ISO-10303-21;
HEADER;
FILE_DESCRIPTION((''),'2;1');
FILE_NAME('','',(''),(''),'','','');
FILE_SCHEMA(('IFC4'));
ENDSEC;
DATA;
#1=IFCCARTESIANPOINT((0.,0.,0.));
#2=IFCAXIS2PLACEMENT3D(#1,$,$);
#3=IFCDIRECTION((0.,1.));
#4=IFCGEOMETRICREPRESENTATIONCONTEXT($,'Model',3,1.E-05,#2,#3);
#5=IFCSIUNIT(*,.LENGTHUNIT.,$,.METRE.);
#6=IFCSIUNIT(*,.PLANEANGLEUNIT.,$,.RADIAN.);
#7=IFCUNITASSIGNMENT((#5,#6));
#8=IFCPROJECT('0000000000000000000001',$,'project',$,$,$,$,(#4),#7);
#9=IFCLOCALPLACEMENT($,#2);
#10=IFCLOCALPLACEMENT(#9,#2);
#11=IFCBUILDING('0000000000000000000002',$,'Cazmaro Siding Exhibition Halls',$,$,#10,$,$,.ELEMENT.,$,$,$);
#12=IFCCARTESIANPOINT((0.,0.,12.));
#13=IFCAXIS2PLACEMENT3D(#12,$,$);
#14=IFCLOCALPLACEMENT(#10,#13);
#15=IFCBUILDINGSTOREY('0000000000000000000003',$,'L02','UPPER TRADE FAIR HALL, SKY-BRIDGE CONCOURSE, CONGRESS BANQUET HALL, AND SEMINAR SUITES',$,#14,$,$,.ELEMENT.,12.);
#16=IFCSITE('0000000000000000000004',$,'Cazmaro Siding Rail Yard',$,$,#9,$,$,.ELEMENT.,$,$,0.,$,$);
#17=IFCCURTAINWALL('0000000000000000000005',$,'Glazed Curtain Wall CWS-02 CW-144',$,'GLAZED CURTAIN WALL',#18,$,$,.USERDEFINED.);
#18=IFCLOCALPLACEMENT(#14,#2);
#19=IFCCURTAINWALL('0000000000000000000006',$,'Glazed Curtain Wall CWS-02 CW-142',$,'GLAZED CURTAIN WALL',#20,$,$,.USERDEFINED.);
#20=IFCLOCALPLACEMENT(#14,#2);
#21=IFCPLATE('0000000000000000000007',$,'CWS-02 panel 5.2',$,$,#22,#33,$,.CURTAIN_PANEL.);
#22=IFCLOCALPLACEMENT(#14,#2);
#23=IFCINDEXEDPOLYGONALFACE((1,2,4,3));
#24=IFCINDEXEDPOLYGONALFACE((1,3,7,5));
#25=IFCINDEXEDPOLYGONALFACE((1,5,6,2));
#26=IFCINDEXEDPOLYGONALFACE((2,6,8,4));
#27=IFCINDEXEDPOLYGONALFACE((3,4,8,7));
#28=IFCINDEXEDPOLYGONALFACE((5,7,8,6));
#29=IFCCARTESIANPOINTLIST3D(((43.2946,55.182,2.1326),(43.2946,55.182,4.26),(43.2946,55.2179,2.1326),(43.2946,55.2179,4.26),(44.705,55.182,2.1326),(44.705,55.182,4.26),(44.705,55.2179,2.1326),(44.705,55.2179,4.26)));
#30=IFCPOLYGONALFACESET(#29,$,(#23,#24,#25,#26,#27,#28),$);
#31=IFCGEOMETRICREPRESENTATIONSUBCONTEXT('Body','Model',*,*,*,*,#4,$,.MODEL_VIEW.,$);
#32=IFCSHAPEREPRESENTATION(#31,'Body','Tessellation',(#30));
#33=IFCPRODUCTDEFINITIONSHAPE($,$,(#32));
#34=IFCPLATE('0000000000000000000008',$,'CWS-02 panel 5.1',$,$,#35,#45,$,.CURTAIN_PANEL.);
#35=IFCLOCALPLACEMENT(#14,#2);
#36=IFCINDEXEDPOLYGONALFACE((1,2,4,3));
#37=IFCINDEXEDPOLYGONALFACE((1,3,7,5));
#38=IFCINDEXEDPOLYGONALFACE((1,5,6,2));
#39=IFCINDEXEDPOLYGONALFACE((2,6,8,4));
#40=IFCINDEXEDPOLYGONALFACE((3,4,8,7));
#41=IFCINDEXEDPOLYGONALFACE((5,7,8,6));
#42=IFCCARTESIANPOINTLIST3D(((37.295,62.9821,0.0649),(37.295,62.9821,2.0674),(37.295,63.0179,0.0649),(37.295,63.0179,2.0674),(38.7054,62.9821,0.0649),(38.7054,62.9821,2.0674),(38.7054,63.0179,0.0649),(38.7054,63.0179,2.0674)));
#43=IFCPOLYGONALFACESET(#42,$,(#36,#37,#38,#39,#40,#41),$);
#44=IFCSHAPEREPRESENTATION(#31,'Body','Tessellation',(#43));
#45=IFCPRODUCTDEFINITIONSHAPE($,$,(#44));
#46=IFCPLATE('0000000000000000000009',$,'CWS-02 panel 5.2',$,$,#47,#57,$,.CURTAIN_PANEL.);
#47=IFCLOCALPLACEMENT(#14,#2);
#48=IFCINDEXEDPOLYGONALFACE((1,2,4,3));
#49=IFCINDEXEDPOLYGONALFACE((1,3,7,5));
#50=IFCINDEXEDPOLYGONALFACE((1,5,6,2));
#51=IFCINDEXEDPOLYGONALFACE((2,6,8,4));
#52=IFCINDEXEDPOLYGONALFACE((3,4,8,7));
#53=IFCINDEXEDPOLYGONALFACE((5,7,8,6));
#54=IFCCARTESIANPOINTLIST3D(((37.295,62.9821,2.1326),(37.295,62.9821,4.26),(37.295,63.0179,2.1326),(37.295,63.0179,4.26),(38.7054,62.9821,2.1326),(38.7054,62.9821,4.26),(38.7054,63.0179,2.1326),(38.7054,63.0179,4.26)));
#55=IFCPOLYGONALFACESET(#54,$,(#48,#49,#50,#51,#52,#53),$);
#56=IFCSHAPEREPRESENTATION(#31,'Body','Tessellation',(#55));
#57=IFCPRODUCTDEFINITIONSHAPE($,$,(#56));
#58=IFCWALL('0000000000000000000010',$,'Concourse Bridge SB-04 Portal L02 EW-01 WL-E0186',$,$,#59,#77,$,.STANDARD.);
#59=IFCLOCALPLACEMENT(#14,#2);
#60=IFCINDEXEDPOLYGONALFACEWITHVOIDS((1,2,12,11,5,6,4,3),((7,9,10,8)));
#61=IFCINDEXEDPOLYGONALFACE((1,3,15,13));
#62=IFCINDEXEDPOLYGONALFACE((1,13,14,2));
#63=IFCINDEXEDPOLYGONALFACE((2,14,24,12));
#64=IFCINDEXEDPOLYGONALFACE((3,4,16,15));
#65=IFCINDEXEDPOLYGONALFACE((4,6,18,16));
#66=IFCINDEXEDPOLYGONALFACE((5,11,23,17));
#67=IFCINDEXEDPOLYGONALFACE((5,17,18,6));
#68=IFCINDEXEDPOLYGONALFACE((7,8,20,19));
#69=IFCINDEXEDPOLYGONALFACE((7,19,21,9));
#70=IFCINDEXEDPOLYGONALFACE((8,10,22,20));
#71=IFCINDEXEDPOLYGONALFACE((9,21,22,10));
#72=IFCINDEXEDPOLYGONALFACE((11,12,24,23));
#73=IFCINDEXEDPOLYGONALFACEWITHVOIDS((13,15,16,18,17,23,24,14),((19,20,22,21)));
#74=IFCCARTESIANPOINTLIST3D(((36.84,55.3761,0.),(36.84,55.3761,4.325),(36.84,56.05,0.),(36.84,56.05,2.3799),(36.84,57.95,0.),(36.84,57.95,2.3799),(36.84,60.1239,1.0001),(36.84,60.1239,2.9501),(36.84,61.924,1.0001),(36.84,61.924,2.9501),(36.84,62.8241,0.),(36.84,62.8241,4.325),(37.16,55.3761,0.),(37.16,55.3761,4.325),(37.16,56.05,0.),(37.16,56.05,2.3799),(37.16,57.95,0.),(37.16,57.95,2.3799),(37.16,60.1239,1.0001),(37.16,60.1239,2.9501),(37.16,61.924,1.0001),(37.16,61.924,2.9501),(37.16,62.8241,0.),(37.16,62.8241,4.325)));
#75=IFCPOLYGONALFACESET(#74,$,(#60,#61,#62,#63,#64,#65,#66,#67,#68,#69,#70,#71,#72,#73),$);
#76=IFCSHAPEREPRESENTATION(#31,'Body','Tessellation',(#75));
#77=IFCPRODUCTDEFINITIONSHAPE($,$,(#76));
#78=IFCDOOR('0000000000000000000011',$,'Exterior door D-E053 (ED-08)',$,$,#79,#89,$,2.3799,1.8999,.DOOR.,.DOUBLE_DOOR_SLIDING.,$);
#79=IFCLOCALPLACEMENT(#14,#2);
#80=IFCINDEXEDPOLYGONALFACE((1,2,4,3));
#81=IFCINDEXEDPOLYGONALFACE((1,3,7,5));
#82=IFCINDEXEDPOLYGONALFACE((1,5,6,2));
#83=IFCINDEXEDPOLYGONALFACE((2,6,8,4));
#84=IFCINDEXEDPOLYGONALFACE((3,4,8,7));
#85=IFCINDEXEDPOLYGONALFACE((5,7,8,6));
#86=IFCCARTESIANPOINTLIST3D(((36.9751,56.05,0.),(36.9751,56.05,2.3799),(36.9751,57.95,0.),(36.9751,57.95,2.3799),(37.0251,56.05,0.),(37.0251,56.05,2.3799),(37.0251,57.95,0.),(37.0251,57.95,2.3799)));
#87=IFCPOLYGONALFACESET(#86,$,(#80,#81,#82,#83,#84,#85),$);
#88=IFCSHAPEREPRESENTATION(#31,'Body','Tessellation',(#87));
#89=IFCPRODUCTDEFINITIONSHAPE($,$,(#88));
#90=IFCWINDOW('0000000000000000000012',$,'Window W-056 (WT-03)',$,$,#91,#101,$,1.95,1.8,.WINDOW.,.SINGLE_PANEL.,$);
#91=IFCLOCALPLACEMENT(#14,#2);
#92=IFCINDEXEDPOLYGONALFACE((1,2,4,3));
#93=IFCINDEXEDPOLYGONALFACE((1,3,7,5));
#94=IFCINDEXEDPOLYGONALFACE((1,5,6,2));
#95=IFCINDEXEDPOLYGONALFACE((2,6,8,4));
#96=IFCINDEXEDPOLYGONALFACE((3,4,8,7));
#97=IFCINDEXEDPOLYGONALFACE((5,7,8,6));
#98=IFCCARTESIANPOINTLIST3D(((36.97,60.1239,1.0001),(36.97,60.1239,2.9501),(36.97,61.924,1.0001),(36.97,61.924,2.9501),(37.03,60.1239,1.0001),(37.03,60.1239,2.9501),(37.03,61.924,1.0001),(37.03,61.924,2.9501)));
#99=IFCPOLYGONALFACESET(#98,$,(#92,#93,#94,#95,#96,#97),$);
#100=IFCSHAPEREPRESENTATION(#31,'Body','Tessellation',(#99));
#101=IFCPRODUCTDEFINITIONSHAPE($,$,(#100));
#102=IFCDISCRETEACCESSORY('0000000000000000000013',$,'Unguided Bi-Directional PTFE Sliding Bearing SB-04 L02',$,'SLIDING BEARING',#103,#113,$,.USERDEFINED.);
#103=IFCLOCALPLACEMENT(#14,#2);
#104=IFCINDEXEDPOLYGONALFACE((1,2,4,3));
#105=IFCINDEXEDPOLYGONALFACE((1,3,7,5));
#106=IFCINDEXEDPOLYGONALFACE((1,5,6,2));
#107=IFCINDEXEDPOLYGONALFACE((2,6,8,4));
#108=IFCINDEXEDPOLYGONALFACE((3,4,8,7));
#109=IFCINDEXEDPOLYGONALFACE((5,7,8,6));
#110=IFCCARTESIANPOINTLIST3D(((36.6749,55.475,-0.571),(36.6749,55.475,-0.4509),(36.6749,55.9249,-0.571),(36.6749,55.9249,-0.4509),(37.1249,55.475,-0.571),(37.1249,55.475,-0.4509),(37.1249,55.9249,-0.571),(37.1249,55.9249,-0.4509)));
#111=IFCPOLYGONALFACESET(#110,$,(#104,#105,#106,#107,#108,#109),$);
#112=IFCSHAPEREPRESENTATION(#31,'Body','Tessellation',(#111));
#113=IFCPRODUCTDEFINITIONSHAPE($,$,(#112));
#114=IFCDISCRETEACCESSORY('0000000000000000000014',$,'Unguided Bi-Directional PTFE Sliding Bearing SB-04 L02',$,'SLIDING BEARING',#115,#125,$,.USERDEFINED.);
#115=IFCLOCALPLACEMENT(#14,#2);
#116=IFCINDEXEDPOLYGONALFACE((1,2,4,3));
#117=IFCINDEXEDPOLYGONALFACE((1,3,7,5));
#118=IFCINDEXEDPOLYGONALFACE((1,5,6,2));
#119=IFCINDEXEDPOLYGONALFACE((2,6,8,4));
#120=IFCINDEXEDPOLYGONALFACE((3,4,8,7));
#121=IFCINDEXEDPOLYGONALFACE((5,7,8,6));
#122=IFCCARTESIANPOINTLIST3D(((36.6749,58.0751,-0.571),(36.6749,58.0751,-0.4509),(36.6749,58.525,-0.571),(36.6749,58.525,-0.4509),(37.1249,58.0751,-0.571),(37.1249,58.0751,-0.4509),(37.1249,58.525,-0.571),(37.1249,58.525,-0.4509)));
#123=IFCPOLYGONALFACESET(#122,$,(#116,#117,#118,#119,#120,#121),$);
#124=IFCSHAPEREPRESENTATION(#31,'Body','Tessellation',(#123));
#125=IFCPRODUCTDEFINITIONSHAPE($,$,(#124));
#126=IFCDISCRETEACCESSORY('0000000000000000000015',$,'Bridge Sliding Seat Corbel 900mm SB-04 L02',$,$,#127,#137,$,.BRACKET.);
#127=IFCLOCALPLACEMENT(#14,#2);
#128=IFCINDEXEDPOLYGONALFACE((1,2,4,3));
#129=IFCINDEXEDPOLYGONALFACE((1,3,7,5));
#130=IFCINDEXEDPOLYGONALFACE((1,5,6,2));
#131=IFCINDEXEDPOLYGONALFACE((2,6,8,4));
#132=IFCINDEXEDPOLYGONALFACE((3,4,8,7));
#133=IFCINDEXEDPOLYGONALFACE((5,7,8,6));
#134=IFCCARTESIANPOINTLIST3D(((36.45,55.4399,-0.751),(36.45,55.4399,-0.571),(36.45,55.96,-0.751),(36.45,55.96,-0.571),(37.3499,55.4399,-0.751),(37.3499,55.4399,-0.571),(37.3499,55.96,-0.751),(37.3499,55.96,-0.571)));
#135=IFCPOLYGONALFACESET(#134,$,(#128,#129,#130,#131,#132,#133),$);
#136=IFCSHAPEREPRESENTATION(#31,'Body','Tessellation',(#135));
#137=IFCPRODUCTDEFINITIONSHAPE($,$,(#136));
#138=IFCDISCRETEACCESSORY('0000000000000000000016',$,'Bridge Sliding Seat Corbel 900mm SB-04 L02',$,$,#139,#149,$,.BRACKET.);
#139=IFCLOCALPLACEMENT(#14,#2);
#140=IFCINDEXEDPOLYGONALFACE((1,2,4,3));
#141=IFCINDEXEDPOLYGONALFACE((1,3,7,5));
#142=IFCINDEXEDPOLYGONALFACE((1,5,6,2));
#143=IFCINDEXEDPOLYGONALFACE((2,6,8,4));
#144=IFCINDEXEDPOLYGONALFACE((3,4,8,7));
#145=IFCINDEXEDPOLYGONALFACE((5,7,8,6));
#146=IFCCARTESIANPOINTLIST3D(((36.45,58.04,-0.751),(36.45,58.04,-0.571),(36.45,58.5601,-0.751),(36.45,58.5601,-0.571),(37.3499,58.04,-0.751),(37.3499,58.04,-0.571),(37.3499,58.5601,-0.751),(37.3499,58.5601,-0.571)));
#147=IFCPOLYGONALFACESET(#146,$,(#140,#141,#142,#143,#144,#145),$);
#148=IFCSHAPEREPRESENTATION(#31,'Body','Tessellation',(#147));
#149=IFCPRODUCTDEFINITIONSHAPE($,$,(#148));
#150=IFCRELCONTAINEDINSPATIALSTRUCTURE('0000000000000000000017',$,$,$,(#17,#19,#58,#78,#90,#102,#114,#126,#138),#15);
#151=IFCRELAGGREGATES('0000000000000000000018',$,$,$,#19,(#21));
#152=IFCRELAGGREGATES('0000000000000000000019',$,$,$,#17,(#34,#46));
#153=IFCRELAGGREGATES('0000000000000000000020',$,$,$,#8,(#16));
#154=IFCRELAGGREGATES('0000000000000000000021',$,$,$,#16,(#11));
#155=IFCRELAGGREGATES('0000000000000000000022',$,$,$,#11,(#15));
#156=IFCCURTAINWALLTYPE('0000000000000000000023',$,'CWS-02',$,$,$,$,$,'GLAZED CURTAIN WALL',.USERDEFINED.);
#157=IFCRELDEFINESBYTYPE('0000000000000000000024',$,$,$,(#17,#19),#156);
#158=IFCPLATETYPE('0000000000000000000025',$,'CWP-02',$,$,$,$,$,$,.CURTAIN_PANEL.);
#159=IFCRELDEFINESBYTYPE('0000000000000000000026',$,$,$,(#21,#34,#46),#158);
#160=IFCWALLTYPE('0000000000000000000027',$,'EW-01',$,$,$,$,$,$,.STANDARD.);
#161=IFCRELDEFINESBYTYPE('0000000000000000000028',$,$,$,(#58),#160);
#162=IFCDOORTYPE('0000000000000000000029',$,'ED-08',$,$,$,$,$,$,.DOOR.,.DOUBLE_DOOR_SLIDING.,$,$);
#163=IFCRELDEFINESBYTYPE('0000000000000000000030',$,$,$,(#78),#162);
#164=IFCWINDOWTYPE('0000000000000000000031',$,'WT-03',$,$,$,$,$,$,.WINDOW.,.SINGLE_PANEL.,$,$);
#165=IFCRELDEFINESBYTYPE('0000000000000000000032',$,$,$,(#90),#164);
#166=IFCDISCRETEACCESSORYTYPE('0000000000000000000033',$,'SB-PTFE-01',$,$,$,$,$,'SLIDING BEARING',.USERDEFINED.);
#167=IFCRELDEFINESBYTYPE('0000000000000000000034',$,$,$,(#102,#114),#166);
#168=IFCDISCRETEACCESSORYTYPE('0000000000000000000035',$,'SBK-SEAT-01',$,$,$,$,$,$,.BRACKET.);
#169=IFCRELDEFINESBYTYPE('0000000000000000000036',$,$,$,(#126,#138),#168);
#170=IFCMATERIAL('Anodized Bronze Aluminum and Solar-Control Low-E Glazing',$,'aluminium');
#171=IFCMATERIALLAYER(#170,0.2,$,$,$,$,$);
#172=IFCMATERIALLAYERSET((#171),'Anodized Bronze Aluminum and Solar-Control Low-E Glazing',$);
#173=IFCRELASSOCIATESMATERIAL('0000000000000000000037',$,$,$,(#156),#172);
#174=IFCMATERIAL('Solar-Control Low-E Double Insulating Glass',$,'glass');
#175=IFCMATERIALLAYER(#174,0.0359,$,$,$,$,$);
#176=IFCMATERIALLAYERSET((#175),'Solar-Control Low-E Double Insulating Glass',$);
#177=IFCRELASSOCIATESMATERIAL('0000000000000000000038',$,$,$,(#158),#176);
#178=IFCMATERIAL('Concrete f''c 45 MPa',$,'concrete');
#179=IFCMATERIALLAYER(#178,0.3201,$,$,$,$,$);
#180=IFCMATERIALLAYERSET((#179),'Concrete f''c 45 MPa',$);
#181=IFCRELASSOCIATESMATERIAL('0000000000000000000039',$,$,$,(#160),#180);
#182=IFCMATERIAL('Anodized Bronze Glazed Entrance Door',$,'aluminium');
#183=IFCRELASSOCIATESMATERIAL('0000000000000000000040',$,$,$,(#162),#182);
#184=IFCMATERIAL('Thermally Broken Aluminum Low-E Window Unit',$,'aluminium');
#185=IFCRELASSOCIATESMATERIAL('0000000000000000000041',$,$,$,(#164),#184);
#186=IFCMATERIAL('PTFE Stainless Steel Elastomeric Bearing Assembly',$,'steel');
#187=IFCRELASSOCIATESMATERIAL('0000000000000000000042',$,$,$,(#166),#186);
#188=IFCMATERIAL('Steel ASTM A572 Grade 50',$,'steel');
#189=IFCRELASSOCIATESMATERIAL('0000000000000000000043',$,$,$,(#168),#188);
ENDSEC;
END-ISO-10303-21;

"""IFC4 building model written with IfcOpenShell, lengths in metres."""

from ifc_helpers import new_model, si_unit, direction, frame, frame_2d, origin, origin_2d, place, context, subcontext, project, spatial, rectangle, extrude, material, layer, layer_set, type_object, element, fill, aggregate, save


model = new_model("IFC4")

# Units and contexts
model_context = context("Model", 3, precision=1e-05, world=origin(), true_north=direction((0.0, 1.0)))
body_context = subcontext(model_context, "Body", "Model", "MODEL_VIEW")
ifc_project = project(units=[si_unit("LENGTHUNIT", "METRE"), si_unit("PLANEANGLEUNIT", "RADIAN")], contexts=[model_context])

# Site, building, storey
site_placement = place(None, origin())
site = spatial("IfcSite", under=ifc_project, at=site_placement, Name="Cazmaro Siding Rail Yard", CompositionType="ELEMENT", RefElevation=0.0)
building_placement = place(site_placement, origin())
building = spatial("IfcBuilding", under=site, at=building_placement, Name="Cazmaro Siding Exhibition Halls", CompositionType="ELEMENT")
storey_placement = place(building_placement, frame((0.0, 0.0, 12.0)))
storey = spatial("IfcBuildingStorey", under=building, at=storey_placement, Name="L02", Description="UPPER TRADE FAIR HALL, SKY-BRIDGE CONCOURSE, CONGRESS BANQUET HALL, AND SEMINAR SUITES", CompositionType="ELEMENT", Elevation=12.0)

# Curtain walls
ifc_material_1 = material(Name="Anodized Bronze Aluminum and Solar-Control Low-E Glazing", Category="aluminium")
ifc_layer_1 = layer(ifc_material_1, 0.2)
ifc_layer_set_1 = layer_set([ifc_layer_1], Name="Anodized Bronze Aluminum and Solar-Control Low-E Glazing")
curtain_wall_type = type_object("IfcCurtainWallType", Name="CWS-02", ElementType="GLAZED CURTAIN WALL", PredefinedType="USERDEFINED", material=ifc_layer_set_1)
curtain_wall_1_placement = place(storey_placement, origin())
curtain_wall_1 = element("IfcCurtainWall", 1, at=curtain_wall_1_placement, inside=storey, type_object=curtain_wall_type, Name="Glazed Curtain Wall CWS-02 CW-144", ObjectType="GLAZED CURTAIN WALL", PredefinedType="USERDEFINED")
curtain_wall_2_placement = place(storey_placement, origin())
curtain_wall_2 = element("IfcCurtainWall", 2, at=curtain_wall_2_placement, inside=storey, type_object=curtain_wall_type, Name="Glazed Curtain Wall CWS-02 CW-142", ObjectType="GLAZED CURTAIN WALL", PredefinedType="USERDEFINED")

# Plates
ifc_material_2 = material(Name="Solar-Control Low-E Double Insulating Glass", Category="glass")
ifc_layer_2 = layer(ifc_material_2, 0.0359)
ifc_layer_set_2 = layer_set([ifc_layer_2], Name="Solar-Control Low-E Double Insulating Glass")
plate_type = type_object("IfcPlateType", Name="CWP-02", PredefinedType="CURTAIN_PANEL", material=ifc_layer_set_2)
plate_1_placement = place(storey_placement, frame((43.9998, 55.2, 2.1326), z_axis=(0.0, 0.0, 1.0), x_axis=(1.0, 0.0, 0.0)))
plate_1 = element("IfcPlate", 3, at=plate_1_placement, type_object=plate_type, Name="CWS-02 panel 5.2", PredefinedType="CURTAIN_PANEL", context=body_context, shape_type="SweptSolid", body=[
    extrude(rectangle(XDim=1.4104, YDim=0.0359, at=origin_2d()), origin(), (0.0, 0.0, 1.0), 2.1274),
])
aggregate(curtain_wall_2, [plate_1])
plate_2_placement = place(storey_placement, frame((38.0002, 63.0, 0.0649), z_axis=(0.0, 0.0, 1.0), x_axis=(-1.0, 0.0, 0.0)))
plate_2 = element("IfcPlate", 4, at=plate_2_placement, type_object=plate_type, Name="CWS-02 panel 5.1", PredefinedType="CURTAIN_PANEL", context=body_context, shape_type="SweptSolid", body=[
    extrude(rectangle(XDim=1.4104, YDim=0.0359, at=origin_2d()), origin(), (0.0, 0.0, 1.0), 2.0024),
])
plate_3_placement = place(storey_placement, frame((38.0002, 63.0, 2.1326), z_axis=(0.0, 0.0, 1.0), x_axis=(-1.0, 0.0, 0.0)))
plate_3 = element("IfcPlate", 5, at=plate_3_placement, type_object=plate_type, Name="CWS-02 panel 5.2", PredefinedType="CURTAIN_PANEL", context=body_context, shape_type="SweptSolid", body=[
    extrude(rectangle(XDim=1.4104, YDim=0.0359, at=origin_2d()), origin(), (0.0, 0.0, 1.0), 2.1274),
])
aggregate(curtain_wall_1, [plate_2, plate_3])

# Wall, openings, door, window
ifc_material_3 = material(Name="Concrete f'c 45 MPa", Category="concrete")
ifc_layer_3 = layer(ifc_material_3, 0.3201)
ifc_layer_set_3 = layer_set([ifc_layer_3], Name="Concrete f'c 45 MPa")
wall_type = type_object("IfcWallType", Name="EW-01", PredefinedType="STANDARD", material=ifc_layer_set_3)
wall_placement = place(storey_placement, frame((37.0, 55.376, 0.0), z_axis=(0.0, 0.0, 1.0), x_axis=(0.0, 1.0, 0.0)))
wall = element("IfcWall", 6, at=wall_placement, inside=storey, type_object=wall_type, Name="Concourse Bridge SB-04 Portal L02 EW-01 WL-E0186", PredefinedType="STANDARD", context=body_context, shape_type="SweptSolid", body=[
    extrude(rectangle(XDim=7.448, YDim=0.3201, at=frame_2d((3.7241, 0.0))), origin(), (0.0, 0.0, 1.0), 4.325),
])
opening_1_placement = place(wall_placement, frame((0.6741, 0.0, 0.0)))
opening_1 = element("IfcOpeningElement", 7, at=opening_1_placement, cuts=wall, PredefinedType="OPENING", context=body_context, shape_type="SweptSolid", body=[
    extrude(rectangle(XDim=1.8999, YDim=2.3799, at=frame_2d((0.95, 1.1899))), frame((0.0, 0.1699, 0.0), z_axis=(0.0, -1.0, 0.0), x_axis=(1.0, 0.0, 0.0)), (0.0, 0.0, 1.0), 0.3401),
])
opening_2_placement = place(wall_placement, frame((4.748, 0.0, 1.0)))
opening_2 = element("IfcOpeningElement", 8, at=opening_2_placement, cuts=wall, PredefinedType="OPENING", context=body_context, shape_type="SweptSolid", body=[
    extrude(rectangle(XDim=1.8, YDim=1.95, at=frame_2d((0.8999, 0.9751))), frame((0.0, 0.1699, 0.0), z_axis=(0.0, -1.0, 0.0), x_axis=(1.0, 0.0, 0.0)), (0.0, 0.0, 1.0), 0.3401),
])
ifc_material_4 = material(Name="Anodized Bronze Glazed Entrance Door", Category="aluminium")
door_type = type_object("IfcDoorType", Name="ED-08", OperationType="DOUBLE_DOOR_SLIDING", PredefinedType="DOOR", material=ifc_material_4)
door_placement = place(opening_1_placement, origin())
door = element("IfcDoor", 9, at=door_placement, inside=storey, type_object=door_type, Name="Exterior door D-E053 (ED-08)", OperationType="DOUBLE_DOOR_SLIDING", OverallHeight=2.3799, OverallWidth=1.8999, PredefinedType="DOOR", context=body_context, shape_type="SweptSolid", body=[
    extrude(rectangle(XDim=1.8999, YDim=2.3799, at=frame_2d((0.95, 1.1899))), frame((0.0, 0.0249, 0.0), z_axis=(0.0, -1.0, 0.0), x_axis=(1.0, 0.0, 0.0)), (0.0, 0.0, 1.0), 0.05),
])
fill(opening_1, door)
ifc_material_5 = material(Name="Thermally Broken Aluminum Low-E Window Unit", Category="aluminium")
window_type = type_object("IfcWindowType", Name="WT-03", PartitioningType="SINGLE_PANEL", PredefinedType="WINDOW", material=ifc_material_5)
window_placement = place(opening_2_placement, origin())
window = element("IfcWindow", 10, at=window_placement, inside=storey, type_object=window_type, Name="Window W-056 (WT-03)", OverallHeight=1.95, OverallWidth=1.8, PartitioningType="SINGLE_PANEL", PredefinedType="WINDOW", context=body_context, shape_type="SweptSolid", body=[
    extrude(rectangle(XDim=1.8, YDim=1.95, at=frame_2d((0.8999, 0.9751))), frame((0.0, 0.03, 0.0), z_axis=(0.0, -1.0, 0.0), x_axis=(1.0, 0.0, 0.0)), (0.0, 0.0, 1.0), 0.0601),
])
fill(opening_2, window)

# Discrete accessories
ifc_material_6 = material(Name="PTFE Stainless Steel Elastomeric Bearing Assembly", Category="steel")
discrete_accessory_type_1 = type_object("IfcDiscreteAccessoryType", Name="SB-PTFE-01", ElementType="SLIDING BEARING", PredefinedType="USERDEFINED", material=ifc_material_6)
for number, where, z_axis, x_axis, name in (
    (11, (36.8999, 55.7, -0.571), (0.0, 0.0, 1.0), (1.0, 0.0, 0.0), "Unguided Bi-Directional PTFE Sliding Bearing SB-04 L02"),
    (12, (36.8999, 58.3, -0.571), (0.0, 0.0, 1.0), (1.0, 0.0, 0.0), "Unguided Bi-Directional PTFE Sliding Bearing SB-04 L02"),
):
    element("IfcDiscreteAccessory", number, at=place(storey_placement, frame(where, z_axis=z_axis, x_axis=x_axis)), inside=storey, type_object=discrete_accessory_type_1, Name=name, ObjectType="SLIDING BEARING", PredefinedType="USERDEFINED", context=body_context, shape_type="SweptSolid", body=[
        extrude(rectangle(XDim=0.45, YDim=0.45, at=origin_2d()), origin(), (0.0, 0.0, 1.0), 0.1201),
    ])
ifc_material_7 = material(Name="Steel ASTM A572 Grade 50", Category="steel")
discrete_accessory_type_2 = type_object("IfcDiscreteAccessoryType", Name="SBK-SEAT-01", PredefinedType="BRACKET", material=ifc_material_7)
for number, where, z_axis, x_axis, name in (
    (13, (36.8999, 55.7, -0.751), (0.0, 0.0, 1.0), (1.0, 0.0, 0.0), "Bridge Sliding Seat Corbel 900mm SB-04 L02"),
    (14, (36.8999, 58.3, -0.751), (0.0, 0.0, 1.0), (1.0, 0.0, 0.0), "Bridge Sliding Seat Corbel 900mm SB-04 L02"),
):
    element("IfcDiscreteAccessory", number, at=place(storey_placement, frame(where, z_axis=z_axis, x_axis=x_axis)), inside=storey, type_object=discrete_accessory_type_2, Name=name, PredefinedType="BRACKET", context=body_context, shape_type="SweptSolid", body=[
        extrude(rectangle(XDim=0.8999, YDim=0.52, at=origin_2d()), origin(), (0.0, 0.0, 1.0), 0.1799),
    ])

save(model, "model.ifc")
